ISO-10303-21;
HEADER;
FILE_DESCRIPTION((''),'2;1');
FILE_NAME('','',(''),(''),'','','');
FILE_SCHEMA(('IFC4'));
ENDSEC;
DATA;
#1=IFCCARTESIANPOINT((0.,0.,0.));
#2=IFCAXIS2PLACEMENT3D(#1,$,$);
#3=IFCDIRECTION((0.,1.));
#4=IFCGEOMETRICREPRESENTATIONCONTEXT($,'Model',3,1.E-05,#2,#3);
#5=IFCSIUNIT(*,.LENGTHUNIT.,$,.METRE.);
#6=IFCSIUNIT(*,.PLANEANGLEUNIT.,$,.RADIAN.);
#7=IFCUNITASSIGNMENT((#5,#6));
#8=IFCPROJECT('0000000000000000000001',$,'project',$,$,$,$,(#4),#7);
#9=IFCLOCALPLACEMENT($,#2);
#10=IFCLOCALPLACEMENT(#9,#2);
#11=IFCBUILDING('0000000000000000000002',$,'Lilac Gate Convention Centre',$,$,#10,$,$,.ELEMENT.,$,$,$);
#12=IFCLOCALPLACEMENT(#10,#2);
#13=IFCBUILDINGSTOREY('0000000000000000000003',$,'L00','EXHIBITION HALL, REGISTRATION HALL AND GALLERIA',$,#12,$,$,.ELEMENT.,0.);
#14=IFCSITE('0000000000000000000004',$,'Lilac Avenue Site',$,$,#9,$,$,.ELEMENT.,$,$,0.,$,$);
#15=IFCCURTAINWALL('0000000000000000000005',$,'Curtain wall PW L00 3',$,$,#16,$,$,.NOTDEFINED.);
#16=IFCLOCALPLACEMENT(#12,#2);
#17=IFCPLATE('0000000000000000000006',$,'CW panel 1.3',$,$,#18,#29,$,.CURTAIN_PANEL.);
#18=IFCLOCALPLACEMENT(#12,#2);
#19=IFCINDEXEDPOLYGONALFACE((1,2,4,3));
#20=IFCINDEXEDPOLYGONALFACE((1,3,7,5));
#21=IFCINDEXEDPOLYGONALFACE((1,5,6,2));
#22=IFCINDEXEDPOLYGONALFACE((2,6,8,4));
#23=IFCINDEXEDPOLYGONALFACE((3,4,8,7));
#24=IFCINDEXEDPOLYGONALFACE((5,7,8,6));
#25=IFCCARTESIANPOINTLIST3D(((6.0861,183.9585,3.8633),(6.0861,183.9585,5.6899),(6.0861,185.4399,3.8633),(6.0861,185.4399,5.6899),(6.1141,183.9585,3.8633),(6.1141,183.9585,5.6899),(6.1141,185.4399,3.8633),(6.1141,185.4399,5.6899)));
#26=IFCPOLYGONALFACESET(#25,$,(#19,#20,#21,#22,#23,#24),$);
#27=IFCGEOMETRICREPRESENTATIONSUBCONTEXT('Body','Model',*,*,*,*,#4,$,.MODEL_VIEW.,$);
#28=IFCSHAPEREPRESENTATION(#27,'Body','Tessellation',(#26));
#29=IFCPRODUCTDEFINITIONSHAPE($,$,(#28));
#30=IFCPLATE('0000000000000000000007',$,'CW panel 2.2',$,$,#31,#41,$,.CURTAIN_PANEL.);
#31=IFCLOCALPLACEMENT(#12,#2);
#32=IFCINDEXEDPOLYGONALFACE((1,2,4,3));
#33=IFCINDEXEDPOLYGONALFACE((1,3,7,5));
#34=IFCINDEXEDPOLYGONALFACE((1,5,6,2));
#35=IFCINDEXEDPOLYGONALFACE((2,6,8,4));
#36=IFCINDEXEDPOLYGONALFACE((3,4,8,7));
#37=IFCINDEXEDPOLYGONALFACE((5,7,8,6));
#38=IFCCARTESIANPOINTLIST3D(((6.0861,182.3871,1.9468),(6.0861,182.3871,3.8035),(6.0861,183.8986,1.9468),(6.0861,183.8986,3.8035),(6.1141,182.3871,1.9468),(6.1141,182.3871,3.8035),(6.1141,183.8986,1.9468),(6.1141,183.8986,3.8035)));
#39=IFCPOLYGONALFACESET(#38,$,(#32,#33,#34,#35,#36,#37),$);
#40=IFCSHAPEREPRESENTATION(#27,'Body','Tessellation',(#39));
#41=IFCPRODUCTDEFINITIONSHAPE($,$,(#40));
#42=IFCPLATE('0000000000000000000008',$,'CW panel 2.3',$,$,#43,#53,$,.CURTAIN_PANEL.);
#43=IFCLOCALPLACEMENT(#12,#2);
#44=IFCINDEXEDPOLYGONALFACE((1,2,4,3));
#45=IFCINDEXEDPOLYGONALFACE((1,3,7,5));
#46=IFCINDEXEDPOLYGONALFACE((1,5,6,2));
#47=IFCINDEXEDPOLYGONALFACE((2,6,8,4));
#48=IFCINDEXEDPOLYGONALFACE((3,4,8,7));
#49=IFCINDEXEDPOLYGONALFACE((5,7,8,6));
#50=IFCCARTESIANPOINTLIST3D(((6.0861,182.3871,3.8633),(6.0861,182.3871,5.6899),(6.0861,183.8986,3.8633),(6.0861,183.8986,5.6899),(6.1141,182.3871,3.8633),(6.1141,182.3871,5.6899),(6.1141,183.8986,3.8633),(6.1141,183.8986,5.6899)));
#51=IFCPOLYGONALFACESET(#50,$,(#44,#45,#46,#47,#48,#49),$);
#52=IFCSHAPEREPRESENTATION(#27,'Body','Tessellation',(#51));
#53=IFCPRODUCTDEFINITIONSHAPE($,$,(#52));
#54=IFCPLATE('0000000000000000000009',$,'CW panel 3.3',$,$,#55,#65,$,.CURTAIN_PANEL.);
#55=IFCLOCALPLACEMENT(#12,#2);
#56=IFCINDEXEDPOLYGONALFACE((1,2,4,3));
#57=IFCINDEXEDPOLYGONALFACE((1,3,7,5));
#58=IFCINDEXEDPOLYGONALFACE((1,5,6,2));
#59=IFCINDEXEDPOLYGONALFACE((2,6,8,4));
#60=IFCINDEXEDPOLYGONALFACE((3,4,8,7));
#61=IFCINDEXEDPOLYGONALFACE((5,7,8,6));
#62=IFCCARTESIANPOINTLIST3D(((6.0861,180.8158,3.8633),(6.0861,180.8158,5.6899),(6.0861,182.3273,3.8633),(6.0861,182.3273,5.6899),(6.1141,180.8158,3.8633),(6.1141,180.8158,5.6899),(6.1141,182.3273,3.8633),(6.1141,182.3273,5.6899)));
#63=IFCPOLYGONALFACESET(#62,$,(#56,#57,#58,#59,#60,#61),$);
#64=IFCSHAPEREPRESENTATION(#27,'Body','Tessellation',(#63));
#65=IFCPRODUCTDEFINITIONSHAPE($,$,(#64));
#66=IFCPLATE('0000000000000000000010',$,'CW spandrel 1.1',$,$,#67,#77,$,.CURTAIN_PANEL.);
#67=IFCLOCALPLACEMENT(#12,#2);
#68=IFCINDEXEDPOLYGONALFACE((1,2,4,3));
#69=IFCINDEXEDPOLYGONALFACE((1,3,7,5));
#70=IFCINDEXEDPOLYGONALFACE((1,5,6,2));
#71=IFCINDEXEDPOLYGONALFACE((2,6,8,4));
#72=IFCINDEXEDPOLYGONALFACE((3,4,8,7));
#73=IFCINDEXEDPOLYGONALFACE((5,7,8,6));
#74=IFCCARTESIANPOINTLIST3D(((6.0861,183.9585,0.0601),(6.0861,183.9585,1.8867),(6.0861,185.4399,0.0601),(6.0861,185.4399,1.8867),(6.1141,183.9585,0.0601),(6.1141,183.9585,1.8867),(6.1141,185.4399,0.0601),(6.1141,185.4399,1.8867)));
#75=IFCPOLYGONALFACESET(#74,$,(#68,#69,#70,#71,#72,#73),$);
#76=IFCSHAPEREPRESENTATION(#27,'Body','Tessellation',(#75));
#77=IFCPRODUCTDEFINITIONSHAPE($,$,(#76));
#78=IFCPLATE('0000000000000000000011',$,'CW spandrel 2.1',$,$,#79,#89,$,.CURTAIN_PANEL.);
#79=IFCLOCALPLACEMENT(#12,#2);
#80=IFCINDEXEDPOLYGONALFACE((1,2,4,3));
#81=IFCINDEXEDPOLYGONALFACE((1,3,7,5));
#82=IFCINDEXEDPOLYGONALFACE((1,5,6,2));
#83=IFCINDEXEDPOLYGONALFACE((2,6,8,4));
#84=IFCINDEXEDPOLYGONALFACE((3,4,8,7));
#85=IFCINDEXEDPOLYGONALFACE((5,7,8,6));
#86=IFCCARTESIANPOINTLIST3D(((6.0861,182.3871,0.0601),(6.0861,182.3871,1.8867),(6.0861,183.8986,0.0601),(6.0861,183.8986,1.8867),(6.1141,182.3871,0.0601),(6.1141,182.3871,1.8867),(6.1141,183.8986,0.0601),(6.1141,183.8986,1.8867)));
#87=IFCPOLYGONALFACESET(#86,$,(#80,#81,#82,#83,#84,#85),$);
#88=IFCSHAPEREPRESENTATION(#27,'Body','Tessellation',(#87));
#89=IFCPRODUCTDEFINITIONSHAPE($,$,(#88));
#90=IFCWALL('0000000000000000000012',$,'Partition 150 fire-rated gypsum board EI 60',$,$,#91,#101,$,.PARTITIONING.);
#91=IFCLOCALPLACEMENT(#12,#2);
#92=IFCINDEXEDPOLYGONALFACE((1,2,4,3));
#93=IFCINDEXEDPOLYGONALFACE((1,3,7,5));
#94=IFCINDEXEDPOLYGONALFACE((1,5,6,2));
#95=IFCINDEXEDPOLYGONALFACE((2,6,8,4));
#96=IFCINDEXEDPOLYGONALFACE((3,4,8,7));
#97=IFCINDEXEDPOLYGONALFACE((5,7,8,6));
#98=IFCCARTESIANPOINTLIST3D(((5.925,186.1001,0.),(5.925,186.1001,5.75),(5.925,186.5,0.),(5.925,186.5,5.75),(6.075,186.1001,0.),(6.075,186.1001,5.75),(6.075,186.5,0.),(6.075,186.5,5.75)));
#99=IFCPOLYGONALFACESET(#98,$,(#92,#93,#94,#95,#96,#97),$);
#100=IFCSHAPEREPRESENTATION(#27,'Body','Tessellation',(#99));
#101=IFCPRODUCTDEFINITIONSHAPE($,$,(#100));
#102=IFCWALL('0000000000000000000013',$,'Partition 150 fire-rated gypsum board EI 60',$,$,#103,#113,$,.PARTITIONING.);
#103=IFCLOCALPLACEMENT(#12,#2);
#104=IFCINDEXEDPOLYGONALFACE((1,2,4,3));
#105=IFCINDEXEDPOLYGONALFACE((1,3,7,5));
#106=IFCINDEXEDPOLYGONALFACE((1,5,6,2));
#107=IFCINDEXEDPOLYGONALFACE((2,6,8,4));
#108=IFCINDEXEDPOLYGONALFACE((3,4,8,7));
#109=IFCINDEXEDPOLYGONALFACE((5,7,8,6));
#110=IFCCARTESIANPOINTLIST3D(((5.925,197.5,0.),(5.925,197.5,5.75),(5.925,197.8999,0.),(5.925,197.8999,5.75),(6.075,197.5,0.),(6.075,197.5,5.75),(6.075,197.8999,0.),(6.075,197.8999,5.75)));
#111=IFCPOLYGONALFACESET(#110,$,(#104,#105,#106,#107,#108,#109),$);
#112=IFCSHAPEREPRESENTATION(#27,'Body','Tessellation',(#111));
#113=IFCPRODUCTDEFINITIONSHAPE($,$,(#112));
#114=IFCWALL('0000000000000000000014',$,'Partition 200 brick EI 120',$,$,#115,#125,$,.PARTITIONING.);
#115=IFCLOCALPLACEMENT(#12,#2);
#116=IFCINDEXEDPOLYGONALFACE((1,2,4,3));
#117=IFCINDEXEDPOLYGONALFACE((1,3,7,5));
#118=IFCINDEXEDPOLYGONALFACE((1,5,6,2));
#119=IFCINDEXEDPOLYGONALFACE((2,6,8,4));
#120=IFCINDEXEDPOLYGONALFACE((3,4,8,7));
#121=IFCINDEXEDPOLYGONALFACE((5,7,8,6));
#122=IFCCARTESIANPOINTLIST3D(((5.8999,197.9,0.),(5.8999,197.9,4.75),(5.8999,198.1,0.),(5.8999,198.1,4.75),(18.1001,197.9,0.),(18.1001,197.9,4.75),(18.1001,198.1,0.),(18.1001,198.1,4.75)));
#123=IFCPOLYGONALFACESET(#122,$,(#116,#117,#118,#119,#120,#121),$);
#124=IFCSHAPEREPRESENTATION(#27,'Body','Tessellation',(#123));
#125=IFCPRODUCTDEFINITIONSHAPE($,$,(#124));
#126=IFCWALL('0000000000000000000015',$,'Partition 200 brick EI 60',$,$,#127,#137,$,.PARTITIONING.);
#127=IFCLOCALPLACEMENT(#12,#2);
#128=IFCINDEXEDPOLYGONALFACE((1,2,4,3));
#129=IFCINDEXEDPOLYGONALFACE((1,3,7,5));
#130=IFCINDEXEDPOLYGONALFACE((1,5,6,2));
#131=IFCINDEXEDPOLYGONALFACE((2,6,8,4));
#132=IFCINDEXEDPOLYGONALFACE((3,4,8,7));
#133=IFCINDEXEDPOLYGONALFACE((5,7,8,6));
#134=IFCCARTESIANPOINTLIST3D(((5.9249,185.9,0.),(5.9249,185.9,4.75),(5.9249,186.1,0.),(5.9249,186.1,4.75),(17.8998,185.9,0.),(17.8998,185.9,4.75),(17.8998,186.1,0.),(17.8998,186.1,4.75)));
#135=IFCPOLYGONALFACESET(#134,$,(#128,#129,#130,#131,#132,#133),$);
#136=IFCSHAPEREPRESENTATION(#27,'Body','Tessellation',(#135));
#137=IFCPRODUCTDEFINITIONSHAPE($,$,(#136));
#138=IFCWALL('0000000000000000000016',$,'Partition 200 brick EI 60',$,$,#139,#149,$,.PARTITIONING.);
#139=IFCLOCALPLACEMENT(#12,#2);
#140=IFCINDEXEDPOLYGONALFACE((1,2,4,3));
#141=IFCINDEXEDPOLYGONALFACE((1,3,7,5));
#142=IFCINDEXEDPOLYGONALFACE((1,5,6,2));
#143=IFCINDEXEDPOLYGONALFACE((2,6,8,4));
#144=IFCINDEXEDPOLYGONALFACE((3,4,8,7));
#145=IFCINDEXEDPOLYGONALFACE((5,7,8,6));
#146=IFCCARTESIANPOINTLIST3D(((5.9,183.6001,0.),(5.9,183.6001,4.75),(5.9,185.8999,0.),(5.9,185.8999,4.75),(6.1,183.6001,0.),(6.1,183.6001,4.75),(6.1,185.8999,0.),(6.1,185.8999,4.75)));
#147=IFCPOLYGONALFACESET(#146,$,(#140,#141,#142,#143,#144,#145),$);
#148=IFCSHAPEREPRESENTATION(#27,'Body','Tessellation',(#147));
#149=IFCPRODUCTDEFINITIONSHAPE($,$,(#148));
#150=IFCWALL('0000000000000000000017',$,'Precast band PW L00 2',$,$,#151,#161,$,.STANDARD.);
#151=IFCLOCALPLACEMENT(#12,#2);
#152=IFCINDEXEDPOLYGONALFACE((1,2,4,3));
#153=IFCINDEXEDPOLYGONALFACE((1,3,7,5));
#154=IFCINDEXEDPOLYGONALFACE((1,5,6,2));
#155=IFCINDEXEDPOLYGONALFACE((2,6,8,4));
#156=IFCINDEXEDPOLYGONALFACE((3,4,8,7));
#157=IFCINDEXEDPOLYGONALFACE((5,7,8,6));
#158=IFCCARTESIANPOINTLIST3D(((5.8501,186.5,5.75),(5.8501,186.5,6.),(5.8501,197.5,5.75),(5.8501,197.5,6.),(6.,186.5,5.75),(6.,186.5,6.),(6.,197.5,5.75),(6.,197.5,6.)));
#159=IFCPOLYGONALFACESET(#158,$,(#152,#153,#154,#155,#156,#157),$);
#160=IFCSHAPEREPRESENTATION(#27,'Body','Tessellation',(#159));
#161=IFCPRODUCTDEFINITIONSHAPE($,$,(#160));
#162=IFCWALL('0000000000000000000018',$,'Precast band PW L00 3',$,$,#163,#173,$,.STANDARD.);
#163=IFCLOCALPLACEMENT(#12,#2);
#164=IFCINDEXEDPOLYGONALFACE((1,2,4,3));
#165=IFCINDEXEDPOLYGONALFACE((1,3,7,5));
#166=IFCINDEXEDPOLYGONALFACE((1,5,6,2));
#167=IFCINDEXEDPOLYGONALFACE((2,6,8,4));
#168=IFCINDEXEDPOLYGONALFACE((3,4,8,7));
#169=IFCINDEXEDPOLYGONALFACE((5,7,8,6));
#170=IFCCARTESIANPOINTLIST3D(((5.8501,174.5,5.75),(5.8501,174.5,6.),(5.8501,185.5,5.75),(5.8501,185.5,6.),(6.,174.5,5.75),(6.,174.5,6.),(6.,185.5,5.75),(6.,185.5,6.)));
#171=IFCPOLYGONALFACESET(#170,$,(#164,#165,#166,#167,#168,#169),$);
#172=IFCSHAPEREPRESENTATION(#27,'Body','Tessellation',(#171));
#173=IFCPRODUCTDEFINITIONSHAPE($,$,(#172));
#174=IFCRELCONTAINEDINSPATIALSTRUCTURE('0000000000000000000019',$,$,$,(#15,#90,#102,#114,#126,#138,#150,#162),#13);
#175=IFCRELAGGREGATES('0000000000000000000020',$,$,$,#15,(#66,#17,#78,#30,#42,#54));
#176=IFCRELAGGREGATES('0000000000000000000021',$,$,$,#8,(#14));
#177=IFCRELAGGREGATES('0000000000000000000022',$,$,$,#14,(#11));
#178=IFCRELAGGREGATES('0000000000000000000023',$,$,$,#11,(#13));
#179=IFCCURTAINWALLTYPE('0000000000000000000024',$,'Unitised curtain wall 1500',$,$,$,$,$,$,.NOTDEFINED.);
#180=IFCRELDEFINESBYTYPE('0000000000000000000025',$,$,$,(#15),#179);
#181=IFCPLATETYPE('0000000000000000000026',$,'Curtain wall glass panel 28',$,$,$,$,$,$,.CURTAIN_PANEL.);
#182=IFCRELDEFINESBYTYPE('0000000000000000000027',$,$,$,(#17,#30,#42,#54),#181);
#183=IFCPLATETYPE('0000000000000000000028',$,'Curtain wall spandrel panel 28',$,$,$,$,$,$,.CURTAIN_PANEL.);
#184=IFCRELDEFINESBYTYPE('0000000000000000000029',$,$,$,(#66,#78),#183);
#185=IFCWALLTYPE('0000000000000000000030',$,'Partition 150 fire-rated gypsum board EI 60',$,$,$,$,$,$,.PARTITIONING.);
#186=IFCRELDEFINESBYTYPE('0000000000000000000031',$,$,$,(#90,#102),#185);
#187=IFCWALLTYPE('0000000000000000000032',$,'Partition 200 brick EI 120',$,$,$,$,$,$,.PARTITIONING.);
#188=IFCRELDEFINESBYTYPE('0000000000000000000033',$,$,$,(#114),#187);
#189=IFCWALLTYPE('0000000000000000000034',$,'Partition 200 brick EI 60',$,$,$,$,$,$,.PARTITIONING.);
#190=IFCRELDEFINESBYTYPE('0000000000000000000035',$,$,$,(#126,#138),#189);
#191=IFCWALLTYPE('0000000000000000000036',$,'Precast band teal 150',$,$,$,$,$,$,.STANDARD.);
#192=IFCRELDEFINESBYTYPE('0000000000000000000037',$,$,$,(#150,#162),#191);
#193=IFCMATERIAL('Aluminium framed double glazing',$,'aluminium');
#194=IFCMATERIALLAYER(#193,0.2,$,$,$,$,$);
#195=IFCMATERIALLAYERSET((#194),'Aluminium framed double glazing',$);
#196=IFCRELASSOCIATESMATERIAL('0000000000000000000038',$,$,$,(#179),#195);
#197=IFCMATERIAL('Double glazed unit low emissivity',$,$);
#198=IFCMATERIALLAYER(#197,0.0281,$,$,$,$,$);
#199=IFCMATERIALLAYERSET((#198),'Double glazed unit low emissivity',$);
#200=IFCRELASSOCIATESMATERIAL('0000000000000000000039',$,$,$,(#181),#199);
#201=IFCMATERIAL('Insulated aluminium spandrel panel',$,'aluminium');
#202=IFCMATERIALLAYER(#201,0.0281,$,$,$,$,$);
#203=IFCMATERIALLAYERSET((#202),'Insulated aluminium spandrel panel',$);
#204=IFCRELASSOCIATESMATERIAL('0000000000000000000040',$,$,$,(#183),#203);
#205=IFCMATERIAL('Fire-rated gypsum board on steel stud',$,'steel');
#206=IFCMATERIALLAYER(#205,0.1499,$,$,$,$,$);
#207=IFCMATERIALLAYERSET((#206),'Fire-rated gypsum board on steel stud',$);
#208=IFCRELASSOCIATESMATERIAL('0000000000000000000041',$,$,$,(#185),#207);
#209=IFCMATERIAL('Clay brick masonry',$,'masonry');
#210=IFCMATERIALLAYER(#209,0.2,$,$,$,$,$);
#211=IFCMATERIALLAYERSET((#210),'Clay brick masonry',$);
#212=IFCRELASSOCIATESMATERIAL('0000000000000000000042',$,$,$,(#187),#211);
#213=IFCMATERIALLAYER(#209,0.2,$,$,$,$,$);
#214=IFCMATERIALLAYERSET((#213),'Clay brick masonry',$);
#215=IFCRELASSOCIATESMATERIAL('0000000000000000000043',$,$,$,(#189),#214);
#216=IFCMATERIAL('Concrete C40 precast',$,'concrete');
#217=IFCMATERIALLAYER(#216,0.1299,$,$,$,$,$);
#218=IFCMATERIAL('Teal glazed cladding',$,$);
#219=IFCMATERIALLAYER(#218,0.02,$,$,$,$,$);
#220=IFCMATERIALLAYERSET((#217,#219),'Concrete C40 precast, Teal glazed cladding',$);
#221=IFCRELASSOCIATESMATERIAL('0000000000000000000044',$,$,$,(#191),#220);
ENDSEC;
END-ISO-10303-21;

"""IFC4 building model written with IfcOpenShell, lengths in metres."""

from ifc_helpers import new_model, si_unit, direction, frame, frame_2d, origin, origin_2d, place, context, subcontext, project, spatial, rectangle, extrude, material, layer, layer_set, type_object, element, aggregate, save


model = new_model("IFC4")

# Units and contexts
model_context = context("Model", 3, precision=1e-05, world=origin(), true_north=direction((0.0, 1.0)))
body_context = subcontext(model_context, "Body", "Model", "MODEL_VIEW")
ifc_project = project(units=[si_unit("LENGTHUNIT", "METRE"), si_unit("PLANEANGLEUNIT", "RADIAN")], contexts=[model_context])

# Site, building, storey
site_placement = place(None, origin())
site = spatial("IfcSite", under=ifc_project, at=site_placement, Name="Lilac Avenue Site", CompositionType="ELEMENT", RefElevation=0.0)
building_placement = place(site_placement, origin())
building = spatial("IfcBuilding", under=site, at=building_placement, Name="Lilac Gate Convention Centre", CompositionType="ELEMENT")
storey_placement = place(building_placement, origin())
storey = spatial("IfcBuildingStorey", under=building, at=storey_placement, Name="L00", Description="EXHIBITION HALL, REGISTRATION HALL AND GALLERIA", CompositionType="ELEMENT", Elevation=0.0)

# Curtain wall
ifc_material_1 = material(Name="Aluminium framed double glazing", Category="aluminium")
ifc_layer_1 = layer(ifc_material_1, 0.2)
ifc_layer_set_1 = layer_set([ifc_layer_1], Name="Aluminium framed double glazing")
curtain_wall_type = type_object("IfcCurtainWallType", Name="Unitised curtain wall 1500", PredefinedType="NOTDEFINED", material=ifc_layer_set_1)
curtain_wall_placement = place(storey_placement, origin())
curtain_wall = element("IfcCurtainWall", 1, at=curtain_wall_placement, inside=storey, type_object=curtain_wall_type, Name="Curtain wall PW L00 3", PredefinedType="NOTDEFINED")

# Plates
ifc_material_2 = material(Name="Double glazed unit low emissivity")
ifc_layer_2 = layer(ifc_material_2, 0.0281)
ifc_layer_set_2 = layer_set([ifc_layer_2], Name="Double glazed unit low emissivity")
plate_type_1 = type_object("IfcPlateType", Name="Curtain wall glass panel 28", PredefinedType="CURTAIN_PANEL", material=ifc_layer_set_2)
plate_1_placement = place(storey_placement, frame((6.1001, 184.6992, 3.8633), z_axis=(0.0, 0.0, 1.0), x_axis=(0.0, -1.0, 0.0)))
plate_1 = element("IfcPlate", 2, at=plate_1_placement, type_object=plate_type_1, Name="CW panel 1.3", PredefinedType="CURTAIN_PANEL", context=body_context, shape_type="SweptSolid", body=[
    extrude(rectangle(XDim=1.4814, YDim=0.0281, at=origin_2d()), origin(), (0.0, 0.0, 1.0), 1.8267),
])
plate_2_placement = place(storey_placement, frame((6.1001, 183.1428, 1.9468), z_axis=(0.0, 0.0, 1.0), x_axis=(0.0, -1.0, 0.0)))
plate_2 = element("IfcPlate", 3, at=plate_2_placement, type_object=plate_type_1, Name="CW panel 2.2", PredefinedType="CURTAIN_PANEL", context=body_context, shape_type="SweptSolid", body=[
    extrude(rectangle(XDim=1.5115, YDim=0.0281, at=origin_2d()), origin(), (0.0, 0.0, 1.0), 1.8567),
])
plate_3_placement = place(storey_placement, frame((6.1001, 183.1428, 3.8633), z_axis=(0.0, 0.0, 1.0), x_axis=(0.0, -1.0, 0.0)))
plate_3 = element("IfcPlate", 4, at=plate_3_placement, type_object=plate_type_1, Name="CW panel 2.3", PredefinedType="CURTAIN_PANEL", context=body_context, shape_type="SweptSolid", body=[
    extrude(rectangle(XDim=1.5115, YDim=0.0281, at=origin_2d()), origin(), (0.0, 0.0, 1.0), 1.8267),
])
plate_4_placement = place(storey_placement, frame((6.1001, 181.5715, 3.8633), z_axis=(0.0, 0.0, 1.0), x_axis=(0.0, -1.0, 0.0)))
plate_4 = element("IfcPlate", 5, at=plate_4_placement, type_object=plate_type_1, Name="CW panel 3.3", PredefinedType="CURTAIN_PANEL", context=body_context, shape_type="SweptSolid", body=[
    extrude(rectangle(XDim=1.5115, YDim=0.0281, at=origin_2d()), origin(), (0.0, 0.0, 1.0), 1.8267),
])
ifc_material_3 = material(Name="Insulated aluminium spandrel panel", Category="aluminium")
ifc_layer_3 = layer(ifc_material_3, 0.0281)
ifc_layer_set_3 = layer_set([ifc_layer_3], Name="Insulated aluminium spandrel panel")
plate_type_2 = type_object("IfcPlateType", Name="Curtain wall spandrel panel 28", PredefinedType="CURTAIN_PANEL", material=ifc_layer_set_3)
plate_5_placement = place(storey_placement, frame((6.1001, 184.6992, 0.0601), z_axis=(0.0, 0.0, 1.0), x_axis=(0.0, -1.0, 0.0)))
plate_5 = element("IfcPlate", 6, at=plate_5_placement, type_object=plate_type_2, Name="CW spandrel 1.1", PredefinedType="CURTAIN_PANEL", context=body_context, shape_type="SweptSolid", body=[
    extrude(rectangle(XDim=1.4814, YDim=0.0281, at=origin_2d()), origin(), (0.0, 0.0, 1.0), 1.8267),
])
plate_6_placement = place(storey_placement, frame((6.1001, 183.1428, 0.0601), z_axis=(0.0, 0.0, 1.0), x_axis=(0.0, -1.0, 0.0)))
plate_6 = element("IfcPlate", 7, at=plate_6_placement, type_object=plate_type_2, Name="CW spandrel 2.1", PredefinedType="CURTAIN_PANEL", context=body_context, shape_type="SweptSolid", body=[
    extrude(rectangle(XDim=1.5115, YDim=0.0281, at=origin_2d()), origin(), (0.0, 0.0, 1.0), 1.8267),
])
aggregate(curtain_wall, [plate_5, plate_1, plate_6, plate_2, plate_3, plate_4])

# Walls
ifc_material_4 = material(Name="Fire-rated gypsum board on steel stud", Category="steel")
ifc_layer_4 = layer(ifc_material_4, 0.1499)
ifc_layer_set_4 = layer_set([ifc_layer_4], Name="Fire-rated gypsum board on steel stud")
wall_type_1 = type_object("IfcWallType", Name="Partition 150 fire-rated gypsum board EI 60", PredefinedType="PARTITIONING", material=ifc_layer_set_4)
for number, where, z_axis, x_axis, name in (
    (8, (6.0, 186.1001, 0.0), (0.0, 0.0, 1.0), (0.0, 1.0, 0.0), "Partition 150 fire-rated gypsum board EI 60"),
    (9, (6.0, 197.5, 0.0), (0.0, 0.0, 1.0), (0.0, 1.0, 0.0), "Partition 150 fire-rated gypsum board EI 60"),
):
    element("IfcWall", number, at=place(storey_placement, frame(where, z_axis=z_axis, x_axis=x_axis)), inside=storey, type_object=wall_type_1, Name=name, PredefinedType="PARTITIONING", context=body_context, shape_type="SweptSolid", body=[
        extrude(rectangle(XDim=0.3999, YDim=0.1499, at=frame_2d((0.2, 0.0))), origin(), (0.0, 0.0, 1.0), 5.75),
    ])
ifc_material_5 = material(Name="Clay brick masonry", Category="masonry")
ifc_layer_5 = layer(ifc_material_5, 0.2)
ifc_layer_set_5 = layer_set([ifc_layer_5], Name="Clay brick masonry")
wall_type_2 = type_object("IfcWallType", Name="Partition 200 brick EI 120", PredefinedType="PARTITIONING", material=ifc_layer_set_5)
wall_1_placement = place(storey_placement, frame((5.8999, 198.0, 0.0), z_axis=(0.0, 0.0, 1.0), x_axis=(1.0, 0.0, 0.0)))
element("IfcWall", 10, at=wall_1_placement, inside=storey, type_object=wall_type_2, Name="Partition 200 brick EI 120", PredefinedType="PARTITIONING", context=body_context, shape_type="SweptSolid", body=[
    extrude(rectangle(XDim=12.2002, YDim=0.2, at=frame_2d((6.1001, 0.0))), origin(), (0.0, 0.0, 1.0), 4.75),
])
ifc_layer_6 = layer(ifc_material_5, 0.2)
ifc_layer_set_6 = layer_set([ifc_layer_6], Name="Clay brick masonry")
wall_type_3 = type_object("IfcWallType", Name="Partition 200 brick EI 60", PredefinedType="PARTITIONING", material=ifc_layer_set_6)
wall_2_placement = place(storey_placement, frame((5.925, 186.0, 0.0), z_axis=(0.0, 0.0, 1.0), x_axis=(1.0, 0.0, 0.0)))
element("IfcWall", 11, at=wall_2_placement, inside=storey, type_object=wall_type_3, Name="Partition 200 brick EI 60", PredefinedType="PARTITIONING", context=body_context, shape_type="SweptSolid", body=[
    extrude(rectangle(XDim=11.9749, YDim=0.2, at=frame_2d((5.9873, 0.0))), origin(), (0.0, 0.0, 1.0), 4.75),
])
wall_3_placement = place(storey_placement, frame((6.0, 183.6001, 0.0), z_axis=(0.0, 0.0, 1.0), x_axis=(0.0, 1.0, 0.0)))
element("IfcWall", 12, at=wall_3_placement, inside=storey, type_object=wall_type_3, Name="Partition 200 brick EI 60", PredefinedType="PARTITIONING", context=body_context, shape_type="SweptSolid", body=[
    extrude(rectangle(XDim=2.2998, YDim=0.2, at=frame_2d((1.1499, 0.0))), origin(), (0.0, 0.0, 1.0), 4.75),
])
ifc_material_6 = material(Name="Concrete C40 precast", Category="concrete")
ifc_layer_7 = layer(ifc_material_6, 0.1299)
ifc_material_7 = material(Name="Teal glazed cladding")
ifc_layer_8 = layer(ifc_material_7, 0.02)
ifc_layer_set_7 = layer_set([ifc_layer_7, ifc_layer_8], Name="Concrete C40 precast, Teal glazed cladding")
wall_type_4 = type_object("IfcWallType", Name="Precast band teal 150", PredefinedType="STANDARD", material=ifc_layer_set_7)
for number, where, z_axis, x_axis, name in (
    (13, (5.925, 197.5, 5.75), (0.0, 0.0, 1.0), (0.0, -1.0, 0.0), "Precast band PW L00 2"),
    (14, (5.925, 185.5, 5.75), (0.0, 0.0, 1.0), (0.0, -1.0, 0.0), "Precast band PW L00 3"),
):
    element("IfcWall", number, at=place(storey_placement, frame(where, z_axis=z_axis, x_axis=x_axis)), inside=storey, type_object=wall_type_4, Name=name, PredefinedType="STANDARD", context=body_context, shape_type="SweptSolid", body=[
        extrude(rectangle(XDim=11.0, YDim=0.1499, at=frame_2d((5.5, 0.0))), origin(), (0.0, 0.0, 1.0), 0.25),
    ])

save(model, "model.ifc")
